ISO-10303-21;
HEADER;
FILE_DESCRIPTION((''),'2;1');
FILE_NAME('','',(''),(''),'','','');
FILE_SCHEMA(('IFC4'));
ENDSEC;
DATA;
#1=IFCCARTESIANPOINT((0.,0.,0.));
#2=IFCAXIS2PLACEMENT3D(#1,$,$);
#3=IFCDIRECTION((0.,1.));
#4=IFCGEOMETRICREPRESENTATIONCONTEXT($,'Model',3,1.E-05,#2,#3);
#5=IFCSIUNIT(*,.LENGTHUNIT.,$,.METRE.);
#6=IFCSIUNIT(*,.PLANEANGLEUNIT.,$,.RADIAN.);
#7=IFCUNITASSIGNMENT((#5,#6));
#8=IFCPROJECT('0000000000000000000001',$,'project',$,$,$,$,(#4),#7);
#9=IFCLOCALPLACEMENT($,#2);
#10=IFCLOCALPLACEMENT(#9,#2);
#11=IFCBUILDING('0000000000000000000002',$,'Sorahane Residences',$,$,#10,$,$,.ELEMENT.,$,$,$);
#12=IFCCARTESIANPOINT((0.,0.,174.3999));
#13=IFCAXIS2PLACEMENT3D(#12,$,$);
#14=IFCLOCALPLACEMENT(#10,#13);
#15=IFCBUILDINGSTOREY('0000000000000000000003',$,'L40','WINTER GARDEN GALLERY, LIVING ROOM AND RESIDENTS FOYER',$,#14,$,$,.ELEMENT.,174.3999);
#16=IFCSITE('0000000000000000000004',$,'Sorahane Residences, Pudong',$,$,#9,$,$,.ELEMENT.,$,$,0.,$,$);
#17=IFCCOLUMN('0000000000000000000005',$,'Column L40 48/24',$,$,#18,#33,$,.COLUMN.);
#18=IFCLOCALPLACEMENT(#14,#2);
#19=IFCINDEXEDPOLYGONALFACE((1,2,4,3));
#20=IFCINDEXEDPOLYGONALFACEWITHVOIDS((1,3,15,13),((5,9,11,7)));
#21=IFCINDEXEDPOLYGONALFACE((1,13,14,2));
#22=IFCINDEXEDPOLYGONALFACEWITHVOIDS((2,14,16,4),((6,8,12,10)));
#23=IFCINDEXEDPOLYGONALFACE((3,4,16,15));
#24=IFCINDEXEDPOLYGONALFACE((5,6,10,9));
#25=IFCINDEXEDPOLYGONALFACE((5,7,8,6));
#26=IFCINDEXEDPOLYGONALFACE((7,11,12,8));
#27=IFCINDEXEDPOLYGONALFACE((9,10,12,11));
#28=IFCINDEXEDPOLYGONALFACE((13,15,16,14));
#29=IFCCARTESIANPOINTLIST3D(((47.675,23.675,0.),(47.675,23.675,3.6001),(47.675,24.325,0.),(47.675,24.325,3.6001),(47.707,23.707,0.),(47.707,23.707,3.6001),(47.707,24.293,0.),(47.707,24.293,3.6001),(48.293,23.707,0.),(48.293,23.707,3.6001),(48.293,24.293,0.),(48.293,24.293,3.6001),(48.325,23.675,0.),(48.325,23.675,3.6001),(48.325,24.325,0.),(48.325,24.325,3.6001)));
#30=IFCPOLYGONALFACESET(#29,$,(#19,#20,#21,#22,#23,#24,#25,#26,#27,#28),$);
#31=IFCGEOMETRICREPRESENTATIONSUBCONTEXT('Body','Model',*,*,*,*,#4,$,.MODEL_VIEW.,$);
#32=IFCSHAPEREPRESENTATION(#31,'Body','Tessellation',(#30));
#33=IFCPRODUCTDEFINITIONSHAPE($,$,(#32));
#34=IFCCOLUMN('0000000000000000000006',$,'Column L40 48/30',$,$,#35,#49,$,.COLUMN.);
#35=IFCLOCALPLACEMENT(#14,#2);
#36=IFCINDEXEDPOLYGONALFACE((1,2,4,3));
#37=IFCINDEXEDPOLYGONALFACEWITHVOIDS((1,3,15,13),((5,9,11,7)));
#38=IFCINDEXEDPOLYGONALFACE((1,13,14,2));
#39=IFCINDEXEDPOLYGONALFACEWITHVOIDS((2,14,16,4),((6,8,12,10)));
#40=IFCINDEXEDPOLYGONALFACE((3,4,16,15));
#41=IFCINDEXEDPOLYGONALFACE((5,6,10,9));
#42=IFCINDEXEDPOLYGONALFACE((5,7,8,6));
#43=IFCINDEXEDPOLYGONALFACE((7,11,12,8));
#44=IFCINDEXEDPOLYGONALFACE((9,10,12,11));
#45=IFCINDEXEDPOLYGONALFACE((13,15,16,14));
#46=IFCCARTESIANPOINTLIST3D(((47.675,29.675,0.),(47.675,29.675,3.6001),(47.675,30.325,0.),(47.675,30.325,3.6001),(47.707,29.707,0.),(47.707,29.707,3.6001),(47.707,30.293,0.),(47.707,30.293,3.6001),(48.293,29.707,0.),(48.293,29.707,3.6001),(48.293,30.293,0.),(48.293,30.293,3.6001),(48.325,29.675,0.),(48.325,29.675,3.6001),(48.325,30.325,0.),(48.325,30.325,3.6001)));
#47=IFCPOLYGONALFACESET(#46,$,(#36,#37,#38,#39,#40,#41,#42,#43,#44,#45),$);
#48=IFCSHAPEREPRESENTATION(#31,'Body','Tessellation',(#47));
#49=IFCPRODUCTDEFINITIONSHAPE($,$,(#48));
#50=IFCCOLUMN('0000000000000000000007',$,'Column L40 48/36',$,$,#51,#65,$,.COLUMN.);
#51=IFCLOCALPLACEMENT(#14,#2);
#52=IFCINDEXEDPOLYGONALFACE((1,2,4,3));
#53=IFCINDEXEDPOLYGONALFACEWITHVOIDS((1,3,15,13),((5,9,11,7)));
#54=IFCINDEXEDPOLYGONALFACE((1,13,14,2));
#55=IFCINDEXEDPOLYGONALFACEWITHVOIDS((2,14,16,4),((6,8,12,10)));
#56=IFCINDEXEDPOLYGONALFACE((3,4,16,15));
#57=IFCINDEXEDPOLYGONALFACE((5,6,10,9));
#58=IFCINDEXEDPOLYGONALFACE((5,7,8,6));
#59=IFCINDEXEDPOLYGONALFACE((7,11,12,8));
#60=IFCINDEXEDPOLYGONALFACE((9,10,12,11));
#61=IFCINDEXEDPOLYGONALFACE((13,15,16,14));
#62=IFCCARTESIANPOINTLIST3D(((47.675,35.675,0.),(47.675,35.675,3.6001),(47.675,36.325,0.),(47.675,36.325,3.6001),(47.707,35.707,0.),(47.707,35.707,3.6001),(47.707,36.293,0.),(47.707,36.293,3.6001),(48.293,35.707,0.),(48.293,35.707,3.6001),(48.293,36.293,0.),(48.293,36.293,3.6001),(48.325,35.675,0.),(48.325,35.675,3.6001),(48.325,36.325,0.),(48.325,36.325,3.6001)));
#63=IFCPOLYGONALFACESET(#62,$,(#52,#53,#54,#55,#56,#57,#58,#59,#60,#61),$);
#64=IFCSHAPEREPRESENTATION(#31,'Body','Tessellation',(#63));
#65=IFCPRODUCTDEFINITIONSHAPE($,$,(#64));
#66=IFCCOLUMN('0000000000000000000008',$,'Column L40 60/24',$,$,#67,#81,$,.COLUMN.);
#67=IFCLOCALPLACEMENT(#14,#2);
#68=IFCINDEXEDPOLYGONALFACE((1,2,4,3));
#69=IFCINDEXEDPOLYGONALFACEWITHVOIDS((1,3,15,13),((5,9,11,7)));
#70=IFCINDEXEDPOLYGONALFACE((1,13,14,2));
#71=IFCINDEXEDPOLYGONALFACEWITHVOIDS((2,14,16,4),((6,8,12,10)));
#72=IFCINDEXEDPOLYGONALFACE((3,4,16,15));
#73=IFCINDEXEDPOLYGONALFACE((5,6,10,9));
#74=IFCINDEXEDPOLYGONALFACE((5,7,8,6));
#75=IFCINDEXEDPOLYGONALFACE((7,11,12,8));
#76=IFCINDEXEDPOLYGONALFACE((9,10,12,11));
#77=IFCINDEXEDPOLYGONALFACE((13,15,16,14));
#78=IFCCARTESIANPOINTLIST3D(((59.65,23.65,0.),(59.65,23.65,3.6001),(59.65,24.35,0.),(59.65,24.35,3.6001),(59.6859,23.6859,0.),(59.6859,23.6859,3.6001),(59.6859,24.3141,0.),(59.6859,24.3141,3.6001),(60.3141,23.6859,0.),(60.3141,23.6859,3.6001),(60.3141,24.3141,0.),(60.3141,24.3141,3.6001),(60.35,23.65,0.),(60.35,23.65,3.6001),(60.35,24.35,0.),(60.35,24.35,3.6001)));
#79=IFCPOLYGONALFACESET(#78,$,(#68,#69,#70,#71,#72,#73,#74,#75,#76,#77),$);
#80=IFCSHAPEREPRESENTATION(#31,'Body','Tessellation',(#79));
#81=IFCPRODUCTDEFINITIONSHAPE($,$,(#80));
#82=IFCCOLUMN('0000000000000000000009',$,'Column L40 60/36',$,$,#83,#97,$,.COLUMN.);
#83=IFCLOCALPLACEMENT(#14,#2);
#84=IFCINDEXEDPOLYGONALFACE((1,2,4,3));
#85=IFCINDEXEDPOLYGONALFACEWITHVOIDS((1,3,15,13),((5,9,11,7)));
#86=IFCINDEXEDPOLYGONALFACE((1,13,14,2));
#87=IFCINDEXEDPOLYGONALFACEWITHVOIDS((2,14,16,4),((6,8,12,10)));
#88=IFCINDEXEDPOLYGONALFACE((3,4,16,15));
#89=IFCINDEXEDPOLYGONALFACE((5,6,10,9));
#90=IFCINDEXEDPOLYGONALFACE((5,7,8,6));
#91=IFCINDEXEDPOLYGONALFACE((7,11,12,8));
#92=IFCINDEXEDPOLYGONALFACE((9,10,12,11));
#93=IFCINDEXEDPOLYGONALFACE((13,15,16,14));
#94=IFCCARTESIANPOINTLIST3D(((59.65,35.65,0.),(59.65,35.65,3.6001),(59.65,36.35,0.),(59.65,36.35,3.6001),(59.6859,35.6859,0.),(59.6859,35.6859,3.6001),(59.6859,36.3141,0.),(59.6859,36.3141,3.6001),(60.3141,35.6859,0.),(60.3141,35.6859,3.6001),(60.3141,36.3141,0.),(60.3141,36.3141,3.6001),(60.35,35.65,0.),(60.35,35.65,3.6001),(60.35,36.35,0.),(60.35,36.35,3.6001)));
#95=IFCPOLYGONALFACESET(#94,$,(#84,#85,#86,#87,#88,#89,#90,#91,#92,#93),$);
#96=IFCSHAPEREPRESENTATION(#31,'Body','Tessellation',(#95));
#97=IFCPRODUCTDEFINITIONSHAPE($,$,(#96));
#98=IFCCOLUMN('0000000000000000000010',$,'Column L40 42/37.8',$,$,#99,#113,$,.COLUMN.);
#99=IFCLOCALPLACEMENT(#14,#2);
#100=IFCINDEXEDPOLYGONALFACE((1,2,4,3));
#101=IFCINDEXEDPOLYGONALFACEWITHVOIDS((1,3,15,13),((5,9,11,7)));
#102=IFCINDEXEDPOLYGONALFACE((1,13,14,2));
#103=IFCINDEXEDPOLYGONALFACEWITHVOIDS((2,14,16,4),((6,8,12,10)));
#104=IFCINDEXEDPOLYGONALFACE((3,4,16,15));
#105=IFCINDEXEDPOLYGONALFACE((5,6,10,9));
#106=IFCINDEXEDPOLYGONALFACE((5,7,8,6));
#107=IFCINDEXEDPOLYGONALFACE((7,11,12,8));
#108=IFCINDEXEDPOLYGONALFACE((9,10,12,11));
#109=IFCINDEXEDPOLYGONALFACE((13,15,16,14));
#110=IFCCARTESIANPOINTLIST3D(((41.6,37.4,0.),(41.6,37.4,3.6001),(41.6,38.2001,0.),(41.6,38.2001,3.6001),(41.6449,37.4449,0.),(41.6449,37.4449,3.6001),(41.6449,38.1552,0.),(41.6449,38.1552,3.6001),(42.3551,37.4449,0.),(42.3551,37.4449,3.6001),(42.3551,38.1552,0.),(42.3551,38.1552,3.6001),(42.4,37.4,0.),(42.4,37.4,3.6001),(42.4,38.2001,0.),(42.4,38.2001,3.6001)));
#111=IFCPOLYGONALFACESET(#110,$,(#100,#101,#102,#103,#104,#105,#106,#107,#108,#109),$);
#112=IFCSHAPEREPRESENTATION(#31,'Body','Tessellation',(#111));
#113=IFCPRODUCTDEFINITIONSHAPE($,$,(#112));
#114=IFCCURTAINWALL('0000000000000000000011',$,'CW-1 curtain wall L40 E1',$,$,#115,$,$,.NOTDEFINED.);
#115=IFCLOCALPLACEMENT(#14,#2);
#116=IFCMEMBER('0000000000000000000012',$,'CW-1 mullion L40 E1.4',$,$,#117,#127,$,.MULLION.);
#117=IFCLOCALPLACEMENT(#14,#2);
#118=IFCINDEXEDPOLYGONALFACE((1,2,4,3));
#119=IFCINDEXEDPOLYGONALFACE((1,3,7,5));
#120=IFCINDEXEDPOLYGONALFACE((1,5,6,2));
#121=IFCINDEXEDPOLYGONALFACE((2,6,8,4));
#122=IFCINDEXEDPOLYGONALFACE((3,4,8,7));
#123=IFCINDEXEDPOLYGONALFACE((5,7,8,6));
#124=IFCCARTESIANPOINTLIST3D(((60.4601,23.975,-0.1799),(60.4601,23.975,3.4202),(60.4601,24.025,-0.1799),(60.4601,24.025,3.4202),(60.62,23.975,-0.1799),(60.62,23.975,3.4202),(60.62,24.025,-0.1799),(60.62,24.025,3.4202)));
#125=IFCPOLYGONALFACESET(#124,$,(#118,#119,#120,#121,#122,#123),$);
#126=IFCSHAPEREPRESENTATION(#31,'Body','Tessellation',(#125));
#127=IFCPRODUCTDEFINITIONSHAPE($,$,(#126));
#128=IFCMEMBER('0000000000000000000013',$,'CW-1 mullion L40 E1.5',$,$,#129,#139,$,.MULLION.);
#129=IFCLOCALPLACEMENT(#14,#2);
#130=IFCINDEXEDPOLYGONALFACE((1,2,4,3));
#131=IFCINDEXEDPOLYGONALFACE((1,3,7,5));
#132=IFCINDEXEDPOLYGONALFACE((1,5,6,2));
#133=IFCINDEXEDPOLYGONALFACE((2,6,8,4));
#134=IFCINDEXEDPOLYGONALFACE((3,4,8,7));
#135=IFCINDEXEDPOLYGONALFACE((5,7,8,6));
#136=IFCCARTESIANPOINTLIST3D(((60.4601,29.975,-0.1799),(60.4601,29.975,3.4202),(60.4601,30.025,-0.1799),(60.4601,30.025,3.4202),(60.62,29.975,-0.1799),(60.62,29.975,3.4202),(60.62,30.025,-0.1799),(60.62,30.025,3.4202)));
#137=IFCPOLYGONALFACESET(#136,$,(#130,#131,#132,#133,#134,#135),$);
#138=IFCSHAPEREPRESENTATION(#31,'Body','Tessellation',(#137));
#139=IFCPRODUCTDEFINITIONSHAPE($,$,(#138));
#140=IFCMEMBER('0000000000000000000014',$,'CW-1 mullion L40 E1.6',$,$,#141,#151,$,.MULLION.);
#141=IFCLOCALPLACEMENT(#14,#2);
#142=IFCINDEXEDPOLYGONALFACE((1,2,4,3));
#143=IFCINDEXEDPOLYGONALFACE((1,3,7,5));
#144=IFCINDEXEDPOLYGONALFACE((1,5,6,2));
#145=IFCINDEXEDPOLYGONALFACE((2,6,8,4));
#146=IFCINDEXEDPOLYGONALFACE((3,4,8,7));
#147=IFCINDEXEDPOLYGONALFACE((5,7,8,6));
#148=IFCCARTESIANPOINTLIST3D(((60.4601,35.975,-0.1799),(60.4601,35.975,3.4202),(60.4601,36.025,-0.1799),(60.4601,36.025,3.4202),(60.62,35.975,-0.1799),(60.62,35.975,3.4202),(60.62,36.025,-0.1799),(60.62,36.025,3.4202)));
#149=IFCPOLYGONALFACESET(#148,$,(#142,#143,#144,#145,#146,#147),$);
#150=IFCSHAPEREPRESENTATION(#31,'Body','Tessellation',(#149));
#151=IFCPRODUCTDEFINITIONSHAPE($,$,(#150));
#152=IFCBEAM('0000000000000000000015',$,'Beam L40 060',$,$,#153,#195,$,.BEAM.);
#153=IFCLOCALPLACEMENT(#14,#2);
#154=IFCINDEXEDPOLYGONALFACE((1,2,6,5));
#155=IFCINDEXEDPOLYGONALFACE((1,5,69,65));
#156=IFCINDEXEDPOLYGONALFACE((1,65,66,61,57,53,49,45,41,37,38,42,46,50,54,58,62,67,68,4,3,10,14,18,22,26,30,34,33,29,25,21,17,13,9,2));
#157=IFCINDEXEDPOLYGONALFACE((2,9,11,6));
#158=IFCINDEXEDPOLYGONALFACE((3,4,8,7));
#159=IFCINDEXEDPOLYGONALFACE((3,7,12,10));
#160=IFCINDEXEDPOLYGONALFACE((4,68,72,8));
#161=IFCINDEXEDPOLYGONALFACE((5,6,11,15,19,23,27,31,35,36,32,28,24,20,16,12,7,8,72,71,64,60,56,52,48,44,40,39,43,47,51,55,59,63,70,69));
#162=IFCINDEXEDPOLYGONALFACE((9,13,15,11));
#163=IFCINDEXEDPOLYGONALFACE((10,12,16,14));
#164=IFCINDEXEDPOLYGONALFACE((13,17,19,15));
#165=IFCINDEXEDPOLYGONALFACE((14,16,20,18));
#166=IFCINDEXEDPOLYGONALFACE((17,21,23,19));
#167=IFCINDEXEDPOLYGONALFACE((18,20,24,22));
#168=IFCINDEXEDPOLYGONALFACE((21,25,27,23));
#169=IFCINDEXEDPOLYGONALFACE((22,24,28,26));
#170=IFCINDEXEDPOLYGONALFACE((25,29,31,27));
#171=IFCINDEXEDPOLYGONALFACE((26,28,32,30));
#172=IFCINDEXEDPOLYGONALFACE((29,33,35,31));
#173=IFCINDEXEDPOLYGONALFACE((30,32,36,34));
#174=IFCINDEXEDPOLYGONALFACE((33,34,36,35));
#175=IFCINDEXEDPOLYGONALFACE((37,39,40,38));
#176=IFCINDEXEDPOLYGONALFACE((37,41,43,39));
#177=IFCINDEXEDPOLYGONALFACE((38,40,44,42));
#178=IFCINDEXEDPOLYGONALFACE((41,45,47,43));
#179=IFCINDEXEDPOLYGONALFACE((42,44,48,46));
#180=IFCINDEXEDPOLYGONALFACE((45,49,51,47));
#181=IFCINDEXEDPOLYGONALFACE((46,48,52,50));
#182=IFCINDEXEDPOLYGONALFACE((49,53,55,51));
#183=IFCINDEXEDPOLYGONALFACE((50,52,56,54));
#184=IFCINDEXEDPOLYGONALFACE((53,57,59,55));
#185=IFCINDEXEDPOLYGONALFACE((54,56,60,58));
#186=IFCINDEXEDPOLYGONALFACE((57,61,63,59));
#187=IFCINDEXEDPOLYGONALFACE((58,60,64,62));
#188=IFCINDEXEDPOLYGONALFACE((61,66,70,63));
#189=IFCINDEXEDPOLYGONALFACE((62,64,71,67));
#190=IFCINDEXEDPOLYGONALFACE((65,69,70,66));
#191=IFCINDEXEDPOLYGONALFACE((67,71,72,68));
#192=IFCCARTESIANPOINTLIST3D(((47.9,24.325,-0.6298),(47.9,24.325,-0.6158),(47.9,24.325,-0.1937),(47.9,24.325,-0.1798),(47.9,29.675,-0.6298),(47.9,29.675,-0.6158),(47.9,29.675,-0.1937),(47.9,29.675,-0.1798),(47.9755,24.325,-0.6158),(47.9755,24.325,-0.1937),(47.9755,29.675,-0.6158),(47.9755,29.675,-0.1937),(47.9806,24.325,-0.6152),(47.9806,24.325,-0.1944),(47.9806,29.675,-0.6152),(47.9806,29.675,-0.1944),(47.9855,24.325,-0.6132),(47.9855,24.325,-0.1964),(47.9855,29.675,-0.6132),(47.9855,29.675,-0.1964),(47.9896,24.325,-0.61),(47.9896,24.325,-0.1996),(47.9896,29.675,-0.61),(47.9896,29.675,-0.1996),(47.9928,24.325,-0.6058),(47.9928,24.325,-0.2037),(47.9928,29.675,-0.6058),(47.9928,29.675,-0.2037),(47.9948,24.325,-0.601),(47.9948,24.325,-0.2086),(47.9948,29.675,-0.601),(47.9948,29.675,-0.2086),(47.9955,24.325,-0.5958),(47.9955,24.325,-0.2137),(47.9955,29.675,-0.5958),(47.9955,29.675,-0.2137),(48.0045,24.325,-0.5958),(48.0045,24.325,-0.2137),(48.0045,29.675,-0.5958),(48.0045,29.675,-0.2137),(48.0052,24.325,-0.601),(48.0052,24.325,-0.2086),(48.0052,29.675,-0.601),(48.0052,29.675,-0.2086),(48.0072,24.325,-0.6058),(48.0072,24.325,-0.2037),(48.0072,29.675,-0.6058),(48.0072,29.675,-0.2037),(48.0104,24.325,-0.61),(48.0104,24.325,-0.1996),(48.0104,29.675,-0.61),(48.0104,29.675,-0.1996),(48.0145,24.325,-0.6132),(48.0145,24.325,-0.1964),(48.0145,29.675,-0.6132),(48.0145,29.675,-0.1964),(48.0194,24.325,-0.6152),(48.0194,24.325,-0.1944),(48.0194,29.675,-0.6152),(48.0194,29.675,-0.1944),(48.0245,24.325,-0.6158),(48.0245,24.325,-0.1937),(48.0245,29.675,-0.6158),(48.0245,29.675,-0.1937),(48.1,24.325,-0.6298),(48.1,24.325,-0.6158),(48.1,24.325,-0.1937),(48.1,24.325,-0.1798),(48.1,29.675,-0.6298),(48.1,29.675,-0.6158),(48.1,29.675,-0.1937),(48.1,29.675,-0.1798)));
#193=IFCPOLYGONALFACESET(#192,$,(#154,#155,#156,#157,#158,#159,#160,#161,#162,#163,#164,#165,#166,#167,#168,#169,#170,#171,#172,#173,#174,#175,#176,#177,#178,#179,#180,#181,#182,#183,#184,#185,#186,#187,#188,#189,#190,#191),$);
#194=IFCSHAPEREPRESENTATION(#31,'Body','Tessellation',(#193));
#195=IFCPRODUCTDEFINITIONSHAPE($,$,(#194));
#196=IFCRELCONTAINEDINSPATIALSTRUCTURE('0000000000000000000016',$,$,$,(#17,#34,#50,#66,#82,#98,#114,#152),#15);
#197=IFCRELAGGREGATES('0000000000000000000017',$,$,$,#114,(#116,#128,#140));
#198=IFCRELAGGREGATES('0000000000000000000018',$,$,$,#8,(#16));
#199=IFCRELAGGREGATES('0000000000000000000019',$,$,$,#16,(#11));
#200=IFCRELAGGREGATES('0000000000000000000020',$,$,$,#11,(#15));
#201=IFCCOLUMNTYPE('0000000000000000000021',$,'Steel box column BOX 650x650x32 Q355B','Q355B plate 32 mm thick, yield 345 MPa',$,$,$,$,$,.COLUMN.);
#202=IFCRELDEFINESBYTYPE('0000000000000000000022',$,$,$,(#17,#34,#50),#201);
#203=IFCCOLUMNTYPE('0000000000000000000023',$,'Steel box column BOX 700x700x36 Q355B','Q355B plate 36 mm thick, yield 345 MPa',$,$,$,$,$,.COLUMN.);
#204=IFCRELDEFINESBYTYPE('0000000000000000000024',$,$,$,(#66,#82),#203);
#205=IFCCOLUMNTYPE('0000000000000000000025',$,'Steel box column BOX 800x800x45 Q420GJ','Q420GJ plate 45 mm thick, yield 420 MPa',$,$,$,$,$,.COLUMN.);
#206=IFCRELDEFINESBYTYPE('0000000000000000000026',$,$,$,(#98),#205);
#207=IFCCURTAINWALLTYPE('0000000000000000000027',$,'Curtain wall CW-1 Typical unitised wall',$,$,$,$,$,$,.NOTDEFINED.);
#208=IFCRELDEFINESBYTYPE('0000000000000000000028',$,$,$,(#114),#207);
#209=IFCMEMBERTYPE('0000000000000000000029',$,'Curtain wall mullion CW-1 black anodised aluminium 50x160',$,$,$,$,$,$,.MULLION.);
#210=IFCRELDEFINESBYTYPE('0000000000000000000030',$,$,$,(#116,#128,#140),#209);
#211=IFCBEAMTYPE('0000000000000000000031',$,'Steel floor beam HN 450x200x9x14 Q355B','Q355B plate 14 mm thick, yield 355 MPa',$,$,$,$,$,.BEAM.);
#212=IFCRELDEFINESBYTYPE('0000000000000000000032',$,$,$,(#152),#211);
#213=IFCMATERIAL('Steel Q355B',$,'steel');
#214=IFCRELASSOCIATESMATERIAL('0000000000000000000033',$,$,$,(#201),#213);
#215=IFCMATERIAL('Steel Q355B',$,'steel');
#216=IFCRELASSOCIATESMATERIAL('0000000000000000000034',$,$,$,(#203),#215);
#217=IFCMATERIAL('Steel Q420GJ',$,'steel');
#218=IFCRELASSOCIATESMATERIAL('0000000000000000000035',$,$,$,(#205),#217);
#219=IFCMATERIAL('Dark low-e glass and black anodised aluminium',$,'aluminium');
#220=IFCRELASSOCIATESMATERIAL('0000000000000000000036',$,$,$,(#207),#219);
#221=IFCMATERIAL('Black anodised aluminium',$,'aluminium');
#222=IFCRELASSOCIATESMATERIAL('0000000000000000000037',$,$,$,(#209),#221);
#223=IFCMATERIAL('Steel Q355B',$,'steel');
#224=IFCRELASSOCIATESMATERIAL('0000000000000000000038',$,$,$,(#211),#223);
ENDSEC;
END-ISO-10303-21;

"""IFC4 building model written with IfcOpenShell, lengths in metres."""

from ifc_helpers import new_model, si_unit, direction, frame, origin, origin_2d, place, context, subcontext, project, spatial, rectangle, hollow_rectangle, i_section, extrude, material, material_profile, profile_set, type_object, element, aggregate, save


model = new_model("IFC4")

# Units and contexts
model_context = context("Model", 3, precision=1e-05, world=origin(), true_north=direction((0.0, 1.0)))
body_context = subcontext(model_context, "Body", "Model", "MODEL_VIEW")
ifc_project = project(units=[si_unit("LENGTHUNIT", "METRE"), si_unit("PLANEANGLEUNIT", "RADIAN")], contexts=[model_context])

# Site, building, storey
site_placement = place(None, origin())
site = spatial("IfcSite", under=ifc_project, at=site_placement, Name="Sorahane Residences, Pudong", CompositionType="ELEMENT", RefElevation=0.0)
building_placement = place(site_placement, origin())
building = spatial("IfcBuilding", under=site, at=building_placement, Name="Sorahane Residences", CompositionType="ELEMENT")
storey_placement = place(building_placement, frame((0.0, 0.0, 174.3999)))
storey = spatial("IfcBuildingStorey", under=building, at=storey_placement, Name="L40", Description="WINTER GARDEN GALLERY, LIVING ROOM AND RESIDENTS FOYER", CompositionType="ELEMENT", Elevation=174.3999)

# Columns
ifc_material_1 = material(Name="Steel Q355B", Category="steel")
ifc_material_profile_1 = material_profile(ifc_material_1, hollow_rectangle(XDim=0.6499, YDim=0.6499, WallThickness=0.032, at=origin_2d()), Name="BOX 650x650x32")
ifc_profile_set_1 = profile_set([ifc_material_profile_1], Name="Steel Q355B")
column_type_1 = type_object("IfcColumnType", Name="Steel box column BOX 650x650x32 Q355B", Description="Q355B plate 32 mm thick, yield 345 MPa", PredefinedType="COLUMN", material=ifc_profile_set_1)
for number, where, z_axis, x_axis, name in (
    (1, (48.0, 24.0, 0.0), (0.0, 0.0, 1.0), (1.0, 0.0, 0.0), "Column L40 48/24"),
    (2, (48.0, 30.0, 0.0), (0.0, 0.0, 1.0), (1.0, 0.0, 0.0), "Column L40 48/30"),
    (3, (48.0, 36.0, 0.0), (0.0, 0.0, 1.0), (1.0, 0.0, 0.0), "Column L40 48/36"),
):
    element("IfcColumn", number, at=place(storey_placement, frame(where, z_axis=z_axis, x_axis=x_axis)), inside=storey, type_object=column_type_1, Name=name, PredefinedType="COLUMN", context=body_context, shape_type="SweptSolid", body=[
        extrude(hollow_rectangle(XDim=0.6499, YDim=0.6499, WallThickness=0.032, at=origin_2d()), origin(), (0.0, 0.0, 1.0), 3.6001),
    ])
ifc_material_2 = material(Name="Steel Q355B", Category="steel")
ifc_material_profile_2 = material_profile(ifc_material_2, hollow_rectangle(XDim=0.7, YDim=0.7, WallThickness=0.0359, at=origin_2d()), Name="BOX 700x700x36")
ifc_profile_set_2 = profile_set([ifc_material_profile_2], Name="Steel Q355B")
column_type_2 = type_object("IfcColumnType", Name="Steel box column BOX 700x700x36 Q355B", Description="Q355B plate 36 mm thick, yield 345 MPa", PredefinedType="COLUMN", material=ifc_profile_set_2)
for number, where, z_axis, x_axis, name in (
    (4, (60.0, 24.0, 0.0), (0.0, 0.0, 1.0), (1.0, 0.0, 0.0), "Column L40 60/24"),
    (5, (60.0, 36.0, 0.0), (0.0, 0.0, 1.0), (1.0, 0.0, 0.0), "Column L40 60/36"),
):
    element("IfcColumn", number, at=place(storey_placement, frame(where, z_axis=z_axis, x_axis=x_axis)), inside=storey, type_object=column_type_2, Name=name, PredefinedType="COLUMN", context=body_context, shape_type="SweptSolid", body=[
        extrude(hollow_rectangle(XDim=0.7, YDim=0.7, WallThickness=0.0359, at=origin_2d()), origin(), (0.0, 0.0, 1.0), 3.6001),
    ])
ifc_material_3 = material(Name="Steel Q420GJ", Category="steel")
ifc_material_profile_3 = material_profile(ifc_material_3, hollow_rectangle(XDim=0.8, YDim=0.8, WallThickness=0.0449, at=origin_2d()), Name="BOX 800x800x45")
ifc_profile_set_3 = profile_set([ifc_material_profile_3], Name="Steel Q420GJ")
column_type_3 = type_object("IfcColumnType", Name="Steel box column BOX 800x800x45 Q420GJ", Description="Q420GJ plate 45 mm thick, yield 420 MPa", PredefinedType="COLUMN", material=ifc_profile_set_3)
column_placement = place(storey_placement, frame((42.0, 37.8, 0.0), z_axis=(0.0, 0.0, 1.0), x_axis=(1.0, 0.0, 0.0)))
element("IfcColumn", 6, at=column_placement, inside=storey, type_object=column_type_3, Name="Column L40 42/37.8", PredefinedType="COLUMN", context=body_context, shape_type="SweptSolid", body=[
    extrude(hollow_rectangle(XDim=0.8, YDim=0.8, WallThickness=0.0449, at=origin_2d()), origin(), (0.0, 0.0, 1.0), 3.6001),
])

# Curtain wall, members
ifc_material_4 = material(Name="Dark low-e glass and black anodised aluminium", Category="aluminium")
curtain_wall_type = type_object("IfcCurtainWallType", Name="Curtain wall CW-1 Typical unitised wall", PredefinedType="NOTDEFINED", material=ifc_material_4)
curtain_wall_placement = place(storey_placement, origin())
curtain_wall = element("IfcCurtainWall", 7, at=curtain_wall_placement, inside=storey, type_object=curtain_wall_type, Name="CW-1 curtain wall L40 E1", PredefinedType="NOTDEFINED")
ifc_material_5 = material(Name="Black anodised aluminium", Category="aluminium")
ifc_material_profile_4 = material_profile(ifc_material_5, rectangle(XDim=0.1599, YDim=0.05, at=origin_2d()), Name="Curtain wall mullion CW-1 black anodised aluminium 50x160")
ifc_profile_set_4 = profile_set([ifc_material_profile_4], Name="Black anodised aluminium")
member_type = type_object("IfcMemberType", Name="Curtain wall mullion CW-1 black anodised aluminium 50x160", PredefinedType="MULLION", material=ifc_profile_set_4)
member_1_placement = place(storey_placement, frame((60.54, 24.0, -0.1799), z_axis=(0.0, 0.0, 1.0), x_axis=(1.0, 0.0, 0.0)))
member_1 = element("IfcMember", 8, at=member_1_placement, type_object=member_type, Name="CW-1 mullion L40 E1.4", PredefinedType="MULLION", context=body_context, shape_type="SweptSolid", body=[
    extrude(rectangle(XDim=0.1599, YDim=0.05, at=origin_2d()), origin(), (0.0, 0.0, 1.0), 3.6001),
])
member_2_placement = place(storey_placement, frame((60.54, 30.0, -0.1799), z_axis=(0.0, 0.0, 1.0), x_axis=(1.0, 0.0, 0.0)))
member_2 = element("IfcMember", 9, at=member_2_placement, type_object=member_type, Name="CW-1 mullion L40 E1.5", PredefinedType="MULLION", context=body_context, shape_type="SweptSolid", body=[
    extrude(rectangle(XDim=0.1599, YDim=0.05, at=origin_2d()), origin(), (0.0, 0.0, 1.0), 3.6001),
])
member_3_placement = place(storey_placement, frame((60.54, 36.0, -0.1799), z_axis=(0.0, 0.0, 1.0), x_axis=(1.0, 0.0, 0.0)))
member_3 = element("IfcMember", 10, at=member_3_placement, type_object=member_type, Name="CW-1 mullion L40 E1.6", PredefinedType="MULLION", context=body_context, shape_type="SweptSolid", body=[
    extrude(rectangle(XDim=0.1599, YDim=0.05, at=origin_2d()), origin(), (0.0, 0.0, 1.0), 3.6001),
])

# Beam
ifc_material_6 = material(Name="Steel Q355B", Category="steel")
ifc_material_profile_5 = material_profile(ifc_material_6, i_section(OverallWidth=0.2, OverallDepth=0.45, WebThickness=0.009, FlangeThickness=0.0139, FilletRadius=0.02, at=origin_2d()), Name="HN 450x200x9x14")
ifc_profile_set_5 = profile_set([ifc_material_profile_5], Name="Steel Q355B")
beam_type_1 = type_object("IfcBeamType", Name="Steel floor beam HN 450x200x9x14 Q355B", Description="Q355B plate 14 mm thick, yield 355 MPa", PredefinedType="BEAM", material=ifc_profile_set_5)
for number, where, z_axis, x_axis, name in (
    (11, (48.0, 24.325, -0.4048), (0.0, 1.0, 0.0), (-1.0, 0.0, 0.0), "Beam L40 060"),
):
    element("IfcBeam", number, at=place(storey_placement, frame(where, z_axis=z_axis, x_axis=x_axis)), inside=storey, type_object=beam_type_1, Name=name, PredefinedType="BEAM", context=body_context, shape_type="SweptSolid", body=[
        extrude(i_section(OverallWidth=0.2, OverallDepth=0.45, WebThickness=0.009, FlangeThickness=0.0139, FilletRadius=0.02, at=origin_2d()), origin(), (0.0, 0.0, 1.0), 5.3501),
    ])

aggregate(curtain_wall, [member_1, member_2, member_3])

save(model, "model.ifc")
